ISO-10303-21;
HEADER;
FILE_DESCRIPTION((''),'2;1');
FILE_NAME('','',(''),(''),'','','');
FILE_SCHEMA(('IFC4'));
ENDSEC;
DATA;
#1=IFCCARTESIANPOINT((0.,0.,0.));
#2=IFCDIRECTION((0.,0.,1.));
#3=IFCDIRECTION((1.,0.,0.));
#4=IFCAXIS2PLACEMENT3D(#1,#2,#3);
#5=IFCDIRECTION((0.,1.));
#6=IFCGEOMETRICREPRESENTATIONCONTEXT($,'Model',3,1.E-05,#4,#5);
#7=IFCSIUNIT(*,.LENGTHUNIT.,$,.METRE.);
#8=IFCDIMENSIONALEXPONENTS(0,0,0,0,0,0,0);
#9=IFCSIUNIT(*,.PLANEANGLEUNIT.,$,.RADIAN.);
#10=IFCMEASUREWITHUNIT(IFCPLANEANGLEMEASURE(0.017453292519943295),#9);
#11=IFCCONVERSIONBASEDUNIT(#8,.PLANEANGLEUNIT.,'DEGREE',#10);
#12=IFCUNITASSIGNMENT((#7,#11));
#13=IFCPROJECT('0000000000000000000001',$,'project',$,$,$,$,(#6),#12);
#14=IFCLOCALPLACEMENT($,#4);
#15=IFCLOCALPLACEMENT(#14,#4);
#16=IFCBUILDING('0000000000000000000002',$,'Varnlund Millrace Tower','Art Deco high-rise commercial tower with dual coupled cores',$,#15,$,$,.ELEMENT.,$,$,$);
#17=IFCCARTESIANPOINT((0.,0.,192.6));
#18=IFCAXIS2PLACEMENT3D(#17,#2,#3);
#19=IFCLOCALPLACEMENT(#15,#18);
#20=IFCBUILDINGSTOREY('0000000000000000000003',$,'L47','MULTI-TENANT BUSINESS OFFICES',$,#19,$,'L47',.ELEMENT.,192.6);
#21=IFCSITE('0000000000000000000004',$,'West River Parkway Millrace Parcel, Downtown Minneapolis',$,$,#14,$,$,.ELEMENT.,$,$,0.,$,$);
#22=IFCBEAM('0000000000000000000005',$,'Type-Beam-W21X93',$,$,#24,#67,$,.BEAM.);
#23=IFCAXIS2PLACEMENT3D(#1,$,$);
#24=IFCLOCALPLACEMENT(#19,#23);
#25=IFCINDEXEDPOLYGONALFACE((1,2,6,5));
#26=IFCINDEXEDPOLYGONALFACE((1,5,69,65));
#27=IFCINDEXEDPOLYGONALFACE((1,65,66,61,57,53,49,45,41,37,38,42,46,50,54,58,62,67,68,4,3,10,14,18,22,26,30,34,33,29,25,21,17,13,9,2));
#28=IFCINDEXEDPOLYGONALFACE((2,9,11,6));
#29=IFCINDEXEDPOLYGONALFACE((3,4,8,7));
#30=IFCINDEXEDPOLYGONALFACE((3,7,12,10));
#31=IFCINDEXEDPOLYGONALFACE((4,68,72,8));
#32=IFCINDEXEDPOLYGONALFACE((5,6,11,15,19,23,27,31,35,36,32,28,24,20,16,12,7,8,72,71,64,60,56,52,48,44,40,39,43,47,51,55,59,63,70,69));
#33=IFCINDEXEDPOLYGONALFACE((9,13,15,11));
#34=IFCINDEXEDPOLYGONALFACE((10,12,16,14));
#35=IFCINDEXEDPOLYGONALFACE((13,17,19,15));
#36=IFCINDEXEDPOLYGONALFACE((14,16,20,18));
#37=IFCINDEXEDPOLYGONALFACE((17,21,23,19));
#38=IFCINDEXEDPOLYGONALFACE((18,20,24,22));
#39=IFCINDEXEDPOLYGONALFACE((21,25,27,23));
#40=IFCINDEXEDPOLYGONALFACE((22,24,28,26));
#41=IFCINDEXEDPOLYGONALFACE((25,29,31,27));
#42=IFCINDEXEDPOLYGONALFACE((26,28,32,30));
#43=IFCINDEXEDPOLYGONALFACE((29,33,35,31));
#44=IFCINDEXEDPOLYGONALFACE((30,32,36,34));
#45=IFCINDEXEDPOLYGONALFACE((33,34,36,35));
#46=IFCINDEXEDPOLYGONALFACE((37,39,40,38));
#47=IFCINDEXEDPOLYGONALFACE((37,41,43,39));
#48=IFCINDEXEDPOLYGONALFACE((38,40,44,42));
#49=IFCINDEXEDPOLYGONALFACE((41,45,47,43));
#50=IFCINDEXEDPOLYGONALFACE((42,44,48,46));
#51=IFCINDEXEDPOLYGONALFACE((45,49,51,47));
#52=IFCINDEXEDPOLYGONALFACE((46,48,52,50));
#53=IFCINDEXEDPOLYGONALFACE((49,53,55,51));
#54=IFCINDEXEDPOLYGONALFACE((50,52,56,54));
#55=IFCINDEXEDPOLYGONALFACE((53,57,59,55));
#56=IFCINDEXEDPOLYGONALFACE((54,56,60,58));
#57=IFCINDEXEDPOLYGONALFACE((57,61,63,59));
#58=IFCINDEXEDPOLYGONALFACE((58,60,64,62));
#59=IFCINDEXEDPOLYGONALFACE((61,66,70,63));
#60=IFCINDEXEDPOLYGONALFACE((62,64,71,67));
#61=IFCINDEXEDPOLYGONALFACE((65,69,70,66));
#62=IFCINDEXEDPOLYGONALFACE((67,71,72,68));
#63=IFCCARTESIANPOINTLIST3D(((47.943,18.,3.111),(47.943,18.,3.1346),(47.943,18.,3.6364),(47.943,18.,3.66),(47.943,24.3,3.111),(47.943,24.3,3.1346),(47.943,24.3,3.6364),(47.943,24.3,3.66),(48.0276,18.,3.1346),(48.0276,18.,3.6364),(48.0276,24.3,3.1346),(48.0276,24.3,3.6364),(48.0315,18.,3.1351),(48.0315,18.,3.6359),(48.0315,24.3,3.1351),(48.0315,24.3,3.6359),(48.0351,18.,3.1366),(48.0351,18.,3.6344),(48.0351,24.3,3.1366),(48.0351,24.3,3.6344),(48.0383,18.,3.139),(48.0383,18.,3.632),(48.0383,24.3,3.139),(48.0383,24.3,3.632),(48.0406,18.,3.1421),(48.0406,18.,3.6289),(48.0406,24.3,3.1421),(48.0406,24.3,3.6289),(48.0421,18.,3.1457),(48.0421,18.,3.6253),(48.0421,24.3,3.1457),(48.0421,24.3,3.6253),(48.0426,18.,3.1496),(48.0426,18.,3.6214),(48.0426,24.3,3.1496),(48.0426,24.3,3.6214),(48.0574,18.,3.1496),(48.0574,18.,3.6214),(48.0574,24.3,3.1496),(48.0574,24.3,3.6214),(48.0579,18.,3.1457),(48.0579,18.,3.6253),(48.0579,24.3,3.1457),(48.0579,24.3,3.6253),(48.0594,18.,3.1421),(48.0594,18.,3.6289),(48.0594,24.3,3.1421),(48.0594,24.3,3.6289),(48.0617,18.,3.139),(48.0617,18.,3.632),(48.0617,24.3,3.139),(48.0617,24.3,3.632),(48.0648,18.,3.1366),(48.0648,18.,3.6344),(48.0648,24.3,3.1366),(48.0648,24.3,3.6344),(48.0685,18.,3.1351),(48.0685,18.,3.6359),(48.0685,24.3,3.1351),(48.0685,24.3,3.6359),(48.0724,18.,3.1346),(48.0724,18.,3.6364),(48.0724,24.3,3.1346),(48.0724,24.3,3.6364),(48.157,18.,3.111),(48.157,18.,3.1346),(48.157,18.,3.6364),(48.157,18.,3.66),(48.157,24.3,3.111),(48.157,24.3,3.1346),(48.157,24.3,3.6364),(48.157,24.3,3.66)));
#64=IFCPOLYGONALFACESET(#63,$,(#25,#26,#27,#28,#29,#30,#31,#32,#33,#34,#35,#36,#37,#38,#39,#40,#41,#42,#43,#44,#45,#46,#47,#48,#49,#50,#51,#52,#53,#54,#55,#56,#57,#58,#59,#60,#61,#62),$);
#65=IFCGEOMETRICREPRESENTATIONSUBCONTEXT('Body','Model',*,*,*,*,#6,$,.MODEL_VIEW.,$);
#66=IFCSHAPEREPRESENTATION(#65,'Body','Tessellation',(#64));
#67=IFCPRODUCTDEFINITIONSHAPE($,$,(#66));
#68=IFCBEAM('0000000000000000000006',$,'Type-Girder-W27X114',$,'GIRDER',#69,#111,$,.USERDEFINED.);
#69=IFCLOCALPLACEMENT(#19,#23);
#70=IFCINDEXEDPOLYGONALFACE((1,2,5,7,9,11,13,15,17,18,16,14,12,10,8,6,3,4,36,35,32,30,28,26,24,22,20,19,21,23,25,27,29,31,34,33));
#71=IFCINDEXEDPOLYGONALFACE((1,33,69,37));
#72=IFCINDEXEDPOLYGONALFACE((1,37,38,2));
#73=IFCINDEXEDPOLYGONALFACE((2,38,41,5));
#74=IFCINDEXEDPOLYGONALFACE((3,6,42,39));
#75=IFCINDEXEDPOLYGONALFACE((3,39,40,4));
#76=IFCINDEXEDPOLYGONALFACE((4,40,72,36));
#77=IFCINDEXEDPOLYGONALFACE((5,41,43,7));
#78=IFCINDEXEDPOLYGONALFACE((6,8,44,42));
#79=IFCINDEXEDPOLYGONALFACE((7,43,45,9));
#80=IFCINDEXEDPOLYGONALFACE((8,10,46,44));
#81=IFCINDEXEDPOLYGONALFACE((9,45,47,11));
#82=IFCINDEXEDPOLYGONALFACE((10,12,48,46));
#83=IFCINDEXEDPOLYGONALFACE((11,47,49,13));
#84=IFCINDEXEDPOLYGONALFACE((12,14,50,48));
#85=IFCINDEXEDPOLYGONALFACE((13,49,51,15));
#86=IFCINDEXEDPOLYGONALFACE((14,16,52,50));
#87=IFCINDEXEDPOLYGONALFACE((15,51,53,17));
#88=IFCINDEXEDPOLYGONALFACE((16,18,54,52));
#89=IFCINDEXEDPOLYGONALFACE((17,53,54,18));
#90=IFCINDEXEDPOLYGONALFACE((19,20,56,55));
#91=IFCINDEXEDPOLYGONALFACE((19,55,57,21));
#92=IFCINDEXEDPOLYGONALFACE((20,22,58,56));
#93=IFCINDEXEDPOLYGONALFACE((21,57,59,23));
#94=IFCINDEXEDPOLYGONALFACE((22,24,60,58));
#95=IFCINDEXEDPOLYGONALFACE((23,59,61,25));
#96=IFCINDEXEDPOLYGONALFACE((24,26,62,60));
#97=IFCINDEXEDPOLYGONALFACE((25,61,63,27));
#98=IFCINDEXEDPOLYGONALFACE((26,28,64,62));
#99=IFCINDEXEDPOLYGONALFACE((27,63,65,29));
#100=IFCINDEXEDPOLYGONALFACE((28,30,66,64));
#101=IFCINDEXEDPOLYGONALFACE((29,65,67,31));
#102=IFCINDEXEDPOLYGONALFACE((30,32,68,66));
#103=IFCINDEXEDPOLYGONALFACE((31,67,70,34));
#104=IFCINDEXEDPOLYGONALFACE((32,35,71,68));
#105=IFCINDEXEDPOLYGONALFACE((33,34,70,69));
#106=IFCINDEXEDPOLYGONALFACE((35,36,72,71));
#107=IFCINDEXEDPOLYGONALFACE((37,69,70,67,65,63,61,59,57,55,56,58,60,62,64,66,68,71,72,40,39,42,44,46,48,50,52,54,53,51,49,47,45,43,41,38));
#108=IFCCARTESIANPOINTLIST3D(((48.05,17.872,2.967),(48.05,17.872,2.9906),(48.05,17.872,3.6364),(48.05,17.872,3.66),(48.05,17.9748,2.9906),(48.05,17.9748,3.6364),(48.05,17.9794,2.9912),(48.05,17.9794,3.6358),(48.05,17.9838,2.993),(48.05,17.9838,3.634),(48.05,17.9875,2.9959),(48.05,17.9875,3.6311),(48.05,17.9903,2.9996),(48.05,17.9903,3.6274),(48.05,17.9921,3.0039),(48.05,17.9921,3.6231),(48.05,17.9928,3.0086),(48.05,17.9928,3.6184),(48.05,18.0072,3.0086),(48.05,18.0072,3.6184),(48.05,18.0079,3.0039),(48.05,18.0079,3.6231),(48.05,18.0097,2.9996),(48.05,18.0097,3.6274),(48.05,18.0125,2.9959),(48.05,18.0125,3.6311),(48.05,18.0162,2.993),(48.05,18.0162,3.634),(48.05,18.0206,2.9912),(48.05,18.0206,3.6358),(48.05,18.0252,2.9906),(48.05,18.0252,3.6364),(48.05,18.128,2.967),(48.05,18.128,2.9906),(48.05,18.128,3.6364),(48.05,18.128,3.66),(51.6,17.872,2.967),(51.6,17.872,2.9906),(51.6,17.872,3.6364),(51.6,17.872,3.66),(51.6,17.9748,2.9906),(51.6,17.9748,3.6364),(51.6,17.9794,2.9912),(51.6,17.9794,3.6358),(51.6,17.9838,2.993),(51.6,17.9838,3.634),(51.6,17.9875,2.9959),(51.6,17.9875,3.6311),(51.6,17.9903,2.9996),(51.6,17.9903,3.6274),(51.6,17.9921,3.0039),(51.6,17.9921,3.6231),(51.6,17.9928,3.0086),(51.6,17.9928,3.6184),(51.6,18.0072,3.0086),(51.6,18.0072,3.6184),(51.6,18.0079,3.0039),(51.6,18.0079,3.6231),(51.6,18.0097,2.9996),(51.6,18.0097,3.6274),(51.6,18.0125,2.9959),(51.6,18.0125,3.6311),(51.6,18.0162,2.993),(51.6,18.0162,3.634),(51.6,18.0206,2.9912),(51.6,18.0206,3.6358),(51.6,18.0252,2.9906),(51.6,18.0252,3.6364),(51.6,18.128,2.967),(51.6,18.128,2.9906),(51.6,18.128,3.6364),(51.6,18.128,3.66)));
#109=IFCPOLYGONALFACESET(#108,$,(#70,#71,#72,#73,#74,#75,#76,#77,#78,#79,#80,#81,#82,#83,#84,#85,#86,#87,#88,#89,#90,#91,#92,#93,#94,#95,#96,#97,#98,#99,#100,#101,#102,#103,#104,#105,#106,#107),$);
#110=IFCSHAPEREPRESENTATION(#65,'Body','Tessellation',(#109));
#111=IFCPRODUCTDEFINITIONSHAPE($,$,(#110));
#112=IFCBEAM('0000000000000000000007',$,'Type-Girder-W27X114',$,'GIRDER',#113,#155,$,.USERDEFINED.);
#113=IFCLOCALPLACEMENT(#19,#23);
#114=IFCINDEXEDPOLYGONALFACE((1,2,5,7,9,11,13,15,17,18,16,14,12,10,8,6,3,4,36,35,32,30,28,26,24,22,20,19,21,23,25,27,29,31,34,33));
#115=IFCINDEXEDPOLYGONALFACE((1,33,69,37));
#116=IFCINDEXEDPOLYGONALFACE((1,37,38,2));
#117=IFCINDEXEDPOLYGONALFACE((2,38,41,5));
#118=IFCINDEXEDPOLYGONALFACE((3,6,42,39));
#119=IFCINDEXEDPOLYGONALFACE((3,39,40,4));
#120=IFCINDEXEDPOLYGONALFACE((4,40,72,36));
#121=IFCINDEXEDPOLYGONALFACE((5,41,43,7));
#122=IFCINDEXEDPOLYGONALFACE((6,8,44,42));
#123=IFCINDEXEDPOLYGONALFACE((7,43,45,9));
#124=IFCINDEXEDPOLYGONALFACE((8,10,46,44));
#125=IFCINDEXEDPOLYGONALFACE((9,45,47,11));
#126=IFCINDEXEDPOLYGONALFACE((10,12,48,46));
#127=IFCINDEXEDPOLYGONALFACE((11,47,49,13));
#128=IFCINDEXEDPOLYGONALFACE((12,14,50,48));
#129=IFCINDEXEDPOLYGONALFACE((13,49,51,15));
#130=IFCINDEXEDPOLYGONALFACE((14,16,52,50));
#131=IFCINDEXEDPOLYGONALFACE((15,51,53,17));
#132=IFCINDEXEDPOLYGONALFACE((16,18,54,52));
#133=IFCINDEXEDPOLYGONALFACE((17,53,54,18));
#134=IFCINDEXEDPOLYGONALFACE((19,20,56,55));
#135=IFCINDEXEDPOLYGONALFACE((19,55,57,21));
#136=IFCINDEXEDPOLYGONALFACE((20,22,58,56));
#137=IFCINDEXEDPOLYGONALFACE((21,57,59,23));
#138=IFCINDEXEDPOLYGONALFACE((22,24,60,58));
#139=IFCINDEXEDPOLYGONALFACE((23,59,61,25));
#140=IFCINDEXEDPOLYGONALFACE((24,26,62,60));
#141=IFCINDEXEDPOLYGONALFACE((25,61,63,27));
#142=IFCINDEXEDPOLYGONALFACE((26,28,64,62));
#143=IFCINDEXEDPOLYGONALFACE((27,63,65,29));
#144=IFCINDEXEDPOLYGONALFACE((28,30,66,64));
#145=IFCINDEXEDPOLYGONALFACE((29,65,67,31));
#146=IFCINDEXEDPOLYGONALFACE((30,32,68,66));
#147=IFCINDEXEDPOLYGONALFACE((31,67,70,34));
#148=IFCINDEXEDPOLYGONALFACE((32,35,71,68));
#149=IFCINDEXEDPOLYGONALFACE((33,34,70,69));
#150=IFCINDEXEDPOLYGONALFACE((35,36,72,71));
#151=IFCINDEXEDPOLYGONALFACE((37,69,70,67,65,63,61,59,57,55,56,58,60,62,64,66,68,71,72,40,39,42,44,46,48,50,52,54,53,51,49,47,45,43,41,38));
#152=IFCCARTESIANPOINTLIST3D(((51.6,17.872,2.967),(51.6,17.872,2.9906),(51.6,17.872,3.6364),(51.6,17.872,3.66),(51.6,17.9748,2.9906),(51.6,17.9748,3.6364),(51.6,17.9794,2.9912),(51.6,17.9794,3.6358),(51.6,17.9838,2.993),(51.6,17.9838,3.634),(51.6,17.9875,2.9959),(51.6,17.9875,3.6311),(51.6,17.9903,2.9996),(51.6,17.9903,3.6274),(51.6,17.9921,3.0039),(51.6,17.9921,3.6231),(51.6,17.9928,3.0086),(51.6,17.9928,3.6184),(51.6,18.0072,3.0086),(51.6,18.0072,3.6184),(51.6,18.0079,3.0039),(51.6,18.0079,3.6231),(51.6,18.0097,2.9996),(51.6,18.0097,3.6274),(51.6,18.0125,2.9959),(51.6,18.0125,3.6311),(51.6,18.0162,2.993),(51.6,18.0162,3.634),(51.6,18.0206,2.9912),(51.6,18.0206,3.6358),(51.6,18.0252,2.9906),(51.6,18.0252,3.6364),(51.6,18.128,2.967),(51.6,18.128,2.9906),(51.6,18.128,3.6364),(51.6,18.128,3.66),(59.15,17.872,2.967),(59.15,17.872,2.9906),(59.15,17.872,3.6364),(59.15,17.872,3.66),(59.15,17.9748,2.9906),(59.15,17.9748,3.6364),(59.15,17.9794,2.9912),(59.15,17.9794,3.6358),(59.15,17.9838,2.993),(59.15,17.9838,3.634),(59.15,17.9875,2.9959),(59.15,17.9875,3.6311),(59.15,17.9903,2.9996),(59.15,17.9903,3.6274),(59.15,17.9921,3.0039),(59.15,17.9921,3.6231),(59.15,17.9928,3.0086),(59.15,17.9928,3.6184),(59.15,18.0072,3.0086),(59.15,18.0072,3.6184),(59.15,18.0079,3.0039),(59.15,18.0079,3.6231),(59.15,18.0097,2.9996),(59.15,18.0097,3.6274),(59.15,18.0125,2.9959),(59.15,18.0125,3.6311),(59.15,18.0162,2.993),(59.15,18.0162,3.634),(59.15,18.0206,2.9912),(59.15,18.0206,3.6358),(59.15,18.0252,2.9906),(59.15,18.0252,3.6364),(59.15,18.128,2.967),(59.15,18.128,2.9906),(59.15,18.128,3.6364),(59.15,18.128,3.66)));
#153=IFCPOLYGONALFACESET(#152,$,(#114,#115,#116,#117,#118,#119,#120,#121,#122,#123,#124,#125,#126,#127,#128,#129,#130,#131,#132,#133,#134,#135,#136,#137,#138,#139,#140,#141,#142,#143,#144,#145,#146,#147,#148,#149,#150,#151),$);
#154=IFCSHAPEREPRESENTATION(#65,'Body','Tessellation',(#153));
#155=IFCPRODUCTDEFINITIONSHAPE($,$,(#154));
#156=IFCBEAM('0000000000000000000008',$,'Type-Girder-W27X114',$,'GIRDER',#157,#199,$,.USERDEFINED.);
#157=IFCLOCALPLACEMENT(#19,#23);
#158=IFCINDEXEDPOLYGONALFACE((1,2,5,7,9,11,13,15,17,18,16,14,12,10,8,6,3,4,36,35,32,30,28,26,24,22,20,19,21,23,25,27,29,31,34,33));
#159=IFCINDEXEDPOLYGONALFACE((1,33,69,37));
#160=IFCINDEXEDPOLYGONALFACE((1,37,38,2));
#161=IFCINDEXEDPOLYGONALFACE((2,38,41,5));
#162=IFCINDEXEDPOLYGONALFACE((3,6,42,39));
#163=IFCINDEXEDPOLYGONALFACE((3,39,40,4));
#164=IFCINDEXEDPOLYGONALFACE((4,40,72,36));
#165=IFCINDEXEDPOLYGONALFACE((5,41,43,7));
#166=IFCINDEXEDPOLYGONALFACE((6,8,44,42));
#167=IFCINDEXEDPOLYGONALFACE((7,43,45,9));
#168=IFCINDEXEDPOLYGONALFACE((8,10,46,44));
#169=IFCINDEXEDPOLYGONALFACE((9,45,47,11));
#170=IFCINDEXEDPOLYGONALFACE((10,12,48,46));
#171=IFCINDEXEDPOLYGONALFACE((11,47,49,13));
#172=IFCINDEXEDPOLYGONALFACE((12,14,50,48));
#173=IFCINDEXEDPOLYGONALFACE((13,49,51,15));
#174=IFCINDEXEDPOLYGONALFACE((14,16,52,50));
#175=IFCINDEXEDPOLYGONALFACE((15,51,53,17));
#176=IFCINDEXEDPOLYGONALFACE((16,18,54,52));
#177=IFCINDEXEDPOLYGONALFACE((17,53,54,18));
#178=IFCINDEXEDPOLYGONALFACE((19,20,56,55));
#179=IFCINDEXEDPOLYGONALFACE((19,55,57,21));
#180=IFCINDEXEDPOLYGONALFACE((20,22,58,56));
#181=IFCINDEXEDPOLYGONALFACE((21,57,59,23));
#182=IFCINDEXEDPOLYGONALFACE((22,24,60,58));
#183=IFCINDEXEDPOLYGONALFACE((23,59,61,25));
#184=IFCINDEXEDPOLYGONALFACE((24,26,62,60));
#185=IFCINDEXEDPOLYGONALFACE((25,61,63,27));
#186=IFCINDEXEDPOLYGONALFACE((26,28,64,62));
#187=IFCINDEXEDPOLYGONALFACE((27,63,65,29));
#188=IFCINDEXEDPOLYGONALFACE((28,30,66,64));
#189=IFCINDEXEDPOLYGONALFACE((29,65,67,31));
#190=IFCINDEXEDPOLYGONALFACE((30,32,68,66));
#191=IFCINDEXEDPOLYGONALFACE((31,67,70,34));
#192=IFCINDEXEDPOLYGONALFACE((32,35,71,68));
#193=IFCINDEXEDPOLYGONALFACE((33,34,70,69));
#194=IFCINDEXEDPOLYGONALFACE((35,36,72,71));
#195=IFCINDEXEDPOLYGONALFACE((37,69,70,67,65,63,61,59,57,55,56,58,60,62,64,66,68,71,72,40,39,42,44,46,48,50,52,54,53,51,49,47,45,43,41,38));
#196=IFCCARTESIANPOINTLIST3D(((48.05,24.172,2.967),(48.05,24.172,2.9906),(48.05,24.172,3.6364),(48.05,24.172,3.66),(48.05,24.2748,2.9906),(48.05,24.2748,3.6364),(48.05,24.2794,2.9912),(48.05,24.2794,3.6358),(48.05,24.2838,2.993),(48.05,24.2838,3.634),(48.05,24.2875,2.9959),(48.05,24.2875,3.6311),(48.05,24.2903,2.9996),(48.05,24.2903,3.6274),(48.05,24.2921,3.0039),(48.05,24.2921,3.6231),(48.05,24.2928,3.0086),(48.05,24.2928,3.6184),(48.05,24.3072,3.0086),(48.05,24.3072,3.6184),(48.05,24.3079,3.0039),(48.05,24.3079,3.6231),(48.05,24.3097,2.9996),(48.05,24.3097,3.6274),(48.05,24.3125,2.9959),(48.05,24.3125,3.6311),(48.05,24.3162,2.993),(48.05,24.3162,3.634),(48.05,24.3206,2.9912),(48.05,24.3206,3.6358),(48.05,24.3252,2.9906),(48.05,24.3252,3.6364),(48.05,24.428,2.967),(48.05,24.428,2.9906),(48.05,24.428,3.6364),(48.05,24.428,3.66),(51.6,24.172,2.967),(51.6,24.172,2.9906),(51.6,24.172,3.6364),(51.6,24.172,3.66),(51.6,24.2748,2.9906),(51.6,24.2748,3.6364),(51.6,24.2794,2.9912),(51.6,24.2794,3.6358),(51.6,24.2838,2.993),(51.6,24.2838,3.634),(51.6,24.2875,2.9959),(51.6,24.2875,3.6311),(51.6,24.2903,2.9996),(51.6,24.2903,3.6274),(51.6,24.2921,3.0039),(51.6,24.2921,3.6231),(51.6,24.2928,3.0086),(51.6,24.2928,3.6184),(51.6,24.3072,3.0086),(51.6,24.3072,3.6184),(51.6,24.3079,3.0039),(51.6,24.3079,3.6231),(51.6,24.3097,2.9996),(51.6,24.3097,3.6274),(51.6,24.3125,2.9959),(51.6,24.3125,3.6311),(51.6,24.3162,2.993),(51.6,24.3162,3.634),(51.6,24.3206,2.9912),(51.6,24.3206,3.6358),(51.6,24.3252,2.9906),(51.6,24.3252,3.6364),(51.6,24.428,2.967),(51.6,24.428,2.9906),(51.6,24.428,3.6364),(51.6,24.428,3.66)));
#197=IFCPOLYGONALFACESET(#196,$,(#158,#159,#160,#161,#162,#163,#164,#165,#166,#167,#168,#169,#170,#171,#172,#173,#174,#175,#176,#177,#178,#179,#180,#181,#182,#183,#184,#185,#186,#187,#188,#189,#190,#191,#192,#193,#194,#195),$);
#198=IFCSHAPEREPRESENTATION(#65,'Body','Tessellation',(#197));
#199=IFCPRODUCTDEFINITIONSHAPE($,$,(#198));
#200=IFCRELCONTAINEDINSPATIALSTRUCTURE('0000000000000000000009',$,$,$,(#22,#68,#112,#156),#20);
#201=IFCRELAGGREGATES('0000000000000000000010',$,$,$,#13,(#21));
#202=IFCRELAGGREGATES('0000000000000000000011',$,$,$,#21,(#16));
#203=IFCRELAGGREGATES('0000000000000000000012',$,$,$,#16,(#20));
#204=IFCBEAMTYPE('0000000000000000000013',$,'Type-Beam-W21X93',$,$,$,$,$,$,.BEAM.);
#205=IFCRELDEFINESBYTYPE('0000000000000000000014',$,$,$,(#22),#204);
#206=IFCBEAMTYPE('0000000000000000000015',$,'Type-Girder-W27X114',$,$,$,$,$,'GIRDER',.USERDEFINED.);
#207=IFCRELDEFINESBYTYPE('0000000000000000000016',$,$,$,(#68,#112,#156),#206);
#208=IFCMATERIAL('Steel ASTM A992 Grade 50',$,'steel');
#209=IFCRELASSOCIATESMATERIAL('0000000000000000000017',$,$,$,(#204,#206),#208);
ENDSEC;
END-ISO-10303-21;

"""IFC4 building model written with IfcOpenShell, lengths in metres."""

from ifc_helpers import new_model, entity, si_unit, converted_unit, direction, frame, origin_with_axes, origin_2d_with_axis, place, context, subcontext, project, spatial, i_section, extrude, material, material_profile, profile_set, type_object, element, save


model = new_model("IFC4")

# Units and contexts
model_context = context("Model", 3, precision=1e-05, world=origin_with_axes(), true_north=direction((0.0, 1.0)))
body_context = subcontext(model_context, "Body", "Model", "MODEL_VIEW")
ifc_project = project(units=[si_unit("LENGTHUNIT", "METRE"), converted_unit("PLANEANGLEUNIT", "DEGREE", entity("IfcPlaneAngleMeasure", 0.017453292519943295), si_unit("PLANEANGLEUNIT", "RADIAN"), dimensions=[0, 0, 0, 0, 0, 0, 0])], contexts=[model_context])

# Site, building, storey
site_placement = place(None, origin_with_axes())
site = spatial("IfcSite", under=ifc_project, at=site_placement, Name="West River Parkway Millrace Parcel, Downtown Minneapolis", CompositionType="ELEMENT", RefElevation=0.0)
building_placement = place(site_placement, origin_with_axes())
building = spatial("IfcBuilding", under=site, at=building_placement, Name="Varnlund Millrace Tower", Description="Art Deco high-rise commercial tower with dual coupled cores", CompositionType="ELEMENT")
storey_placement = place(building_placement, frame((0.0, 0.0, 192.6), z_axis=(0.0, 0.0, 1.0), x_axis=(1.0, 0.0, 0.0)))
storey = spatial("IfcBuildingStorey", under=building, at=storey_placement, Name="L47", Description="MULTI-TENANT BUSINESS OFFICES", LongName="L47", CompositionType="ELEMENT", Elevation=192.6)

# Beams
ifc_material_1 = material(Name="Steel ASTM A992 Grade 50", Category="steel")
ifc_material_profile_1 = material_profile(ifc_material_1, i_section(OverallWidth=0.214, OverallDepth=0.549, WebThickness=0.0147, FlangeThickness=0.0236, FilletRadius=0.015, at=origin_2d_with_axis()), Name="Steel ASTM A992 Grade 50")
ifc_profile_set_1 = profile_set([ifc_material_profile_1], Name="Steel ASTM A992 Grade 50")
beam_type_1 = type_object("IfcBeamType", Name="Type-Beam-W21X93", PredefinedType="BEAM", material=ifc_profile_set_1)
beam_1_placement = place(storey_placement, frame((48.05, 18.0, 3.3855), z_axis=(0.0, 1.0, 0.0), x_axis=(-1.0, 0.0, 0.0)))
element("IfcBeam", 1, at=beam_1_placement, inside=storey, type_object=beam_type_1, Name="Type-Beam-W21X93", PredefinedType="BEAM", context=body_context, shape_type="SweptSolid", body=[
    extrude(i_section(OverallWidth=0.214, OverallDepth=0.549, WebThickness=0.0147, FlangeThickness=0.0236, FilletRadius=0.015, at=origin_2d_with_axis()), origin_with_axes(), (0.0, 0.0, 1.0), 6.3),
])
ifc_material_profile_2 = material_profile(ifc_material_1, i_section(OverallWidth=0.256, OverallDepth=0.693, WebThickness=0.0145, FlangeThickness=0.0236, FilletRadius=0.018, at=origin_2d_with_axis()), Name="Steel ASTM A992 Grade 50")
ifc_profile_set_2 = profile_set([ifc_material_profile_2], Name="Steel ASTM A992 Grade 50")
beam_type_2 = type_object("IfcBeamType", Name="Type-Girder-W27X114", ElementType="GIRDER", PredefinedType="USERDEFINED", material=ifc_profile_set_2)
beam_2_placement = place(storey_placement, frame((48.05, 18.0, 3.3135), z_axis=(1.0, 0.0, 0.0), x_axis=(0.0, 1.0, 0.0)))
element("IfcBeam", 2, at=beam_2_placement, inside=storey, type_object=beam_type_2, Name="Type-Girder-W27X114", ObjectType="GIRDER", PredefinedType="USERDEFINED", context=body_context, shape_type="SweptSolid", body=[
    extrude(i_section(OverallWidth=0.256, OverallDepth=0.693, WebThickness=0.0145, FlangeThickness=0.0236, FilletRadius=0.018, at=origin_2d_with_axis()), origin_with_axes(), (0.0, 0.0, 1.0), 3.55),
])
beam_3_placement = place(storey_placement, frame((51.6, 18.0, 3.3135), z_axis=(1.0, 0.0, 0.0), x_axis=(0.0, 1.0, 0.0)))
element("IfcBeam", 3, at=beam_3_placement, inside=storey, type_object=beam_type_2, Name="Type-Girder-W27X114", ObjectType="GIRDER", PredefinedType="USERDEFINED", context=body_context, shape_type="SweptSolid", body=[
    extrude(i_section(OverallWidth=0.256, OverallDepth=0.693, WebThickness=0.0145, FlangeThickness=0.0236, FilletRadius=0.018, at=origin_2d_with_axis()), origin_with_axes(), (0.0, 0.0, 1.0), 7.55),
])
beam_4_placement = place(storey_placement, frame((48.05, 24.3, 3.3135), z_axis=(1.0, 0.0, 0.0), x_axis=(0.0, 1.0, 0.0)))
element("IfcBeam", 4, at=beam_4_placement, inside=storey, type_object=beam_type_2, Name="Type-Girder-W27X114", ObjectType="GIRDER", PredefinedType="USERDEFINED", context=body_context, shape_type="SweptSolid", body=[
    extrude(i_section(OverallWidth=0.256, OverallDepth=0.693, WebThickness=0.0145, FlangeThickness=0.0236, FilletRadius=0.018, at=origin_2d_with_axis()), origin_with_axes(), (0.0, 0.0, 1.0), 3.55),
])

save(model, "model.ifc")
